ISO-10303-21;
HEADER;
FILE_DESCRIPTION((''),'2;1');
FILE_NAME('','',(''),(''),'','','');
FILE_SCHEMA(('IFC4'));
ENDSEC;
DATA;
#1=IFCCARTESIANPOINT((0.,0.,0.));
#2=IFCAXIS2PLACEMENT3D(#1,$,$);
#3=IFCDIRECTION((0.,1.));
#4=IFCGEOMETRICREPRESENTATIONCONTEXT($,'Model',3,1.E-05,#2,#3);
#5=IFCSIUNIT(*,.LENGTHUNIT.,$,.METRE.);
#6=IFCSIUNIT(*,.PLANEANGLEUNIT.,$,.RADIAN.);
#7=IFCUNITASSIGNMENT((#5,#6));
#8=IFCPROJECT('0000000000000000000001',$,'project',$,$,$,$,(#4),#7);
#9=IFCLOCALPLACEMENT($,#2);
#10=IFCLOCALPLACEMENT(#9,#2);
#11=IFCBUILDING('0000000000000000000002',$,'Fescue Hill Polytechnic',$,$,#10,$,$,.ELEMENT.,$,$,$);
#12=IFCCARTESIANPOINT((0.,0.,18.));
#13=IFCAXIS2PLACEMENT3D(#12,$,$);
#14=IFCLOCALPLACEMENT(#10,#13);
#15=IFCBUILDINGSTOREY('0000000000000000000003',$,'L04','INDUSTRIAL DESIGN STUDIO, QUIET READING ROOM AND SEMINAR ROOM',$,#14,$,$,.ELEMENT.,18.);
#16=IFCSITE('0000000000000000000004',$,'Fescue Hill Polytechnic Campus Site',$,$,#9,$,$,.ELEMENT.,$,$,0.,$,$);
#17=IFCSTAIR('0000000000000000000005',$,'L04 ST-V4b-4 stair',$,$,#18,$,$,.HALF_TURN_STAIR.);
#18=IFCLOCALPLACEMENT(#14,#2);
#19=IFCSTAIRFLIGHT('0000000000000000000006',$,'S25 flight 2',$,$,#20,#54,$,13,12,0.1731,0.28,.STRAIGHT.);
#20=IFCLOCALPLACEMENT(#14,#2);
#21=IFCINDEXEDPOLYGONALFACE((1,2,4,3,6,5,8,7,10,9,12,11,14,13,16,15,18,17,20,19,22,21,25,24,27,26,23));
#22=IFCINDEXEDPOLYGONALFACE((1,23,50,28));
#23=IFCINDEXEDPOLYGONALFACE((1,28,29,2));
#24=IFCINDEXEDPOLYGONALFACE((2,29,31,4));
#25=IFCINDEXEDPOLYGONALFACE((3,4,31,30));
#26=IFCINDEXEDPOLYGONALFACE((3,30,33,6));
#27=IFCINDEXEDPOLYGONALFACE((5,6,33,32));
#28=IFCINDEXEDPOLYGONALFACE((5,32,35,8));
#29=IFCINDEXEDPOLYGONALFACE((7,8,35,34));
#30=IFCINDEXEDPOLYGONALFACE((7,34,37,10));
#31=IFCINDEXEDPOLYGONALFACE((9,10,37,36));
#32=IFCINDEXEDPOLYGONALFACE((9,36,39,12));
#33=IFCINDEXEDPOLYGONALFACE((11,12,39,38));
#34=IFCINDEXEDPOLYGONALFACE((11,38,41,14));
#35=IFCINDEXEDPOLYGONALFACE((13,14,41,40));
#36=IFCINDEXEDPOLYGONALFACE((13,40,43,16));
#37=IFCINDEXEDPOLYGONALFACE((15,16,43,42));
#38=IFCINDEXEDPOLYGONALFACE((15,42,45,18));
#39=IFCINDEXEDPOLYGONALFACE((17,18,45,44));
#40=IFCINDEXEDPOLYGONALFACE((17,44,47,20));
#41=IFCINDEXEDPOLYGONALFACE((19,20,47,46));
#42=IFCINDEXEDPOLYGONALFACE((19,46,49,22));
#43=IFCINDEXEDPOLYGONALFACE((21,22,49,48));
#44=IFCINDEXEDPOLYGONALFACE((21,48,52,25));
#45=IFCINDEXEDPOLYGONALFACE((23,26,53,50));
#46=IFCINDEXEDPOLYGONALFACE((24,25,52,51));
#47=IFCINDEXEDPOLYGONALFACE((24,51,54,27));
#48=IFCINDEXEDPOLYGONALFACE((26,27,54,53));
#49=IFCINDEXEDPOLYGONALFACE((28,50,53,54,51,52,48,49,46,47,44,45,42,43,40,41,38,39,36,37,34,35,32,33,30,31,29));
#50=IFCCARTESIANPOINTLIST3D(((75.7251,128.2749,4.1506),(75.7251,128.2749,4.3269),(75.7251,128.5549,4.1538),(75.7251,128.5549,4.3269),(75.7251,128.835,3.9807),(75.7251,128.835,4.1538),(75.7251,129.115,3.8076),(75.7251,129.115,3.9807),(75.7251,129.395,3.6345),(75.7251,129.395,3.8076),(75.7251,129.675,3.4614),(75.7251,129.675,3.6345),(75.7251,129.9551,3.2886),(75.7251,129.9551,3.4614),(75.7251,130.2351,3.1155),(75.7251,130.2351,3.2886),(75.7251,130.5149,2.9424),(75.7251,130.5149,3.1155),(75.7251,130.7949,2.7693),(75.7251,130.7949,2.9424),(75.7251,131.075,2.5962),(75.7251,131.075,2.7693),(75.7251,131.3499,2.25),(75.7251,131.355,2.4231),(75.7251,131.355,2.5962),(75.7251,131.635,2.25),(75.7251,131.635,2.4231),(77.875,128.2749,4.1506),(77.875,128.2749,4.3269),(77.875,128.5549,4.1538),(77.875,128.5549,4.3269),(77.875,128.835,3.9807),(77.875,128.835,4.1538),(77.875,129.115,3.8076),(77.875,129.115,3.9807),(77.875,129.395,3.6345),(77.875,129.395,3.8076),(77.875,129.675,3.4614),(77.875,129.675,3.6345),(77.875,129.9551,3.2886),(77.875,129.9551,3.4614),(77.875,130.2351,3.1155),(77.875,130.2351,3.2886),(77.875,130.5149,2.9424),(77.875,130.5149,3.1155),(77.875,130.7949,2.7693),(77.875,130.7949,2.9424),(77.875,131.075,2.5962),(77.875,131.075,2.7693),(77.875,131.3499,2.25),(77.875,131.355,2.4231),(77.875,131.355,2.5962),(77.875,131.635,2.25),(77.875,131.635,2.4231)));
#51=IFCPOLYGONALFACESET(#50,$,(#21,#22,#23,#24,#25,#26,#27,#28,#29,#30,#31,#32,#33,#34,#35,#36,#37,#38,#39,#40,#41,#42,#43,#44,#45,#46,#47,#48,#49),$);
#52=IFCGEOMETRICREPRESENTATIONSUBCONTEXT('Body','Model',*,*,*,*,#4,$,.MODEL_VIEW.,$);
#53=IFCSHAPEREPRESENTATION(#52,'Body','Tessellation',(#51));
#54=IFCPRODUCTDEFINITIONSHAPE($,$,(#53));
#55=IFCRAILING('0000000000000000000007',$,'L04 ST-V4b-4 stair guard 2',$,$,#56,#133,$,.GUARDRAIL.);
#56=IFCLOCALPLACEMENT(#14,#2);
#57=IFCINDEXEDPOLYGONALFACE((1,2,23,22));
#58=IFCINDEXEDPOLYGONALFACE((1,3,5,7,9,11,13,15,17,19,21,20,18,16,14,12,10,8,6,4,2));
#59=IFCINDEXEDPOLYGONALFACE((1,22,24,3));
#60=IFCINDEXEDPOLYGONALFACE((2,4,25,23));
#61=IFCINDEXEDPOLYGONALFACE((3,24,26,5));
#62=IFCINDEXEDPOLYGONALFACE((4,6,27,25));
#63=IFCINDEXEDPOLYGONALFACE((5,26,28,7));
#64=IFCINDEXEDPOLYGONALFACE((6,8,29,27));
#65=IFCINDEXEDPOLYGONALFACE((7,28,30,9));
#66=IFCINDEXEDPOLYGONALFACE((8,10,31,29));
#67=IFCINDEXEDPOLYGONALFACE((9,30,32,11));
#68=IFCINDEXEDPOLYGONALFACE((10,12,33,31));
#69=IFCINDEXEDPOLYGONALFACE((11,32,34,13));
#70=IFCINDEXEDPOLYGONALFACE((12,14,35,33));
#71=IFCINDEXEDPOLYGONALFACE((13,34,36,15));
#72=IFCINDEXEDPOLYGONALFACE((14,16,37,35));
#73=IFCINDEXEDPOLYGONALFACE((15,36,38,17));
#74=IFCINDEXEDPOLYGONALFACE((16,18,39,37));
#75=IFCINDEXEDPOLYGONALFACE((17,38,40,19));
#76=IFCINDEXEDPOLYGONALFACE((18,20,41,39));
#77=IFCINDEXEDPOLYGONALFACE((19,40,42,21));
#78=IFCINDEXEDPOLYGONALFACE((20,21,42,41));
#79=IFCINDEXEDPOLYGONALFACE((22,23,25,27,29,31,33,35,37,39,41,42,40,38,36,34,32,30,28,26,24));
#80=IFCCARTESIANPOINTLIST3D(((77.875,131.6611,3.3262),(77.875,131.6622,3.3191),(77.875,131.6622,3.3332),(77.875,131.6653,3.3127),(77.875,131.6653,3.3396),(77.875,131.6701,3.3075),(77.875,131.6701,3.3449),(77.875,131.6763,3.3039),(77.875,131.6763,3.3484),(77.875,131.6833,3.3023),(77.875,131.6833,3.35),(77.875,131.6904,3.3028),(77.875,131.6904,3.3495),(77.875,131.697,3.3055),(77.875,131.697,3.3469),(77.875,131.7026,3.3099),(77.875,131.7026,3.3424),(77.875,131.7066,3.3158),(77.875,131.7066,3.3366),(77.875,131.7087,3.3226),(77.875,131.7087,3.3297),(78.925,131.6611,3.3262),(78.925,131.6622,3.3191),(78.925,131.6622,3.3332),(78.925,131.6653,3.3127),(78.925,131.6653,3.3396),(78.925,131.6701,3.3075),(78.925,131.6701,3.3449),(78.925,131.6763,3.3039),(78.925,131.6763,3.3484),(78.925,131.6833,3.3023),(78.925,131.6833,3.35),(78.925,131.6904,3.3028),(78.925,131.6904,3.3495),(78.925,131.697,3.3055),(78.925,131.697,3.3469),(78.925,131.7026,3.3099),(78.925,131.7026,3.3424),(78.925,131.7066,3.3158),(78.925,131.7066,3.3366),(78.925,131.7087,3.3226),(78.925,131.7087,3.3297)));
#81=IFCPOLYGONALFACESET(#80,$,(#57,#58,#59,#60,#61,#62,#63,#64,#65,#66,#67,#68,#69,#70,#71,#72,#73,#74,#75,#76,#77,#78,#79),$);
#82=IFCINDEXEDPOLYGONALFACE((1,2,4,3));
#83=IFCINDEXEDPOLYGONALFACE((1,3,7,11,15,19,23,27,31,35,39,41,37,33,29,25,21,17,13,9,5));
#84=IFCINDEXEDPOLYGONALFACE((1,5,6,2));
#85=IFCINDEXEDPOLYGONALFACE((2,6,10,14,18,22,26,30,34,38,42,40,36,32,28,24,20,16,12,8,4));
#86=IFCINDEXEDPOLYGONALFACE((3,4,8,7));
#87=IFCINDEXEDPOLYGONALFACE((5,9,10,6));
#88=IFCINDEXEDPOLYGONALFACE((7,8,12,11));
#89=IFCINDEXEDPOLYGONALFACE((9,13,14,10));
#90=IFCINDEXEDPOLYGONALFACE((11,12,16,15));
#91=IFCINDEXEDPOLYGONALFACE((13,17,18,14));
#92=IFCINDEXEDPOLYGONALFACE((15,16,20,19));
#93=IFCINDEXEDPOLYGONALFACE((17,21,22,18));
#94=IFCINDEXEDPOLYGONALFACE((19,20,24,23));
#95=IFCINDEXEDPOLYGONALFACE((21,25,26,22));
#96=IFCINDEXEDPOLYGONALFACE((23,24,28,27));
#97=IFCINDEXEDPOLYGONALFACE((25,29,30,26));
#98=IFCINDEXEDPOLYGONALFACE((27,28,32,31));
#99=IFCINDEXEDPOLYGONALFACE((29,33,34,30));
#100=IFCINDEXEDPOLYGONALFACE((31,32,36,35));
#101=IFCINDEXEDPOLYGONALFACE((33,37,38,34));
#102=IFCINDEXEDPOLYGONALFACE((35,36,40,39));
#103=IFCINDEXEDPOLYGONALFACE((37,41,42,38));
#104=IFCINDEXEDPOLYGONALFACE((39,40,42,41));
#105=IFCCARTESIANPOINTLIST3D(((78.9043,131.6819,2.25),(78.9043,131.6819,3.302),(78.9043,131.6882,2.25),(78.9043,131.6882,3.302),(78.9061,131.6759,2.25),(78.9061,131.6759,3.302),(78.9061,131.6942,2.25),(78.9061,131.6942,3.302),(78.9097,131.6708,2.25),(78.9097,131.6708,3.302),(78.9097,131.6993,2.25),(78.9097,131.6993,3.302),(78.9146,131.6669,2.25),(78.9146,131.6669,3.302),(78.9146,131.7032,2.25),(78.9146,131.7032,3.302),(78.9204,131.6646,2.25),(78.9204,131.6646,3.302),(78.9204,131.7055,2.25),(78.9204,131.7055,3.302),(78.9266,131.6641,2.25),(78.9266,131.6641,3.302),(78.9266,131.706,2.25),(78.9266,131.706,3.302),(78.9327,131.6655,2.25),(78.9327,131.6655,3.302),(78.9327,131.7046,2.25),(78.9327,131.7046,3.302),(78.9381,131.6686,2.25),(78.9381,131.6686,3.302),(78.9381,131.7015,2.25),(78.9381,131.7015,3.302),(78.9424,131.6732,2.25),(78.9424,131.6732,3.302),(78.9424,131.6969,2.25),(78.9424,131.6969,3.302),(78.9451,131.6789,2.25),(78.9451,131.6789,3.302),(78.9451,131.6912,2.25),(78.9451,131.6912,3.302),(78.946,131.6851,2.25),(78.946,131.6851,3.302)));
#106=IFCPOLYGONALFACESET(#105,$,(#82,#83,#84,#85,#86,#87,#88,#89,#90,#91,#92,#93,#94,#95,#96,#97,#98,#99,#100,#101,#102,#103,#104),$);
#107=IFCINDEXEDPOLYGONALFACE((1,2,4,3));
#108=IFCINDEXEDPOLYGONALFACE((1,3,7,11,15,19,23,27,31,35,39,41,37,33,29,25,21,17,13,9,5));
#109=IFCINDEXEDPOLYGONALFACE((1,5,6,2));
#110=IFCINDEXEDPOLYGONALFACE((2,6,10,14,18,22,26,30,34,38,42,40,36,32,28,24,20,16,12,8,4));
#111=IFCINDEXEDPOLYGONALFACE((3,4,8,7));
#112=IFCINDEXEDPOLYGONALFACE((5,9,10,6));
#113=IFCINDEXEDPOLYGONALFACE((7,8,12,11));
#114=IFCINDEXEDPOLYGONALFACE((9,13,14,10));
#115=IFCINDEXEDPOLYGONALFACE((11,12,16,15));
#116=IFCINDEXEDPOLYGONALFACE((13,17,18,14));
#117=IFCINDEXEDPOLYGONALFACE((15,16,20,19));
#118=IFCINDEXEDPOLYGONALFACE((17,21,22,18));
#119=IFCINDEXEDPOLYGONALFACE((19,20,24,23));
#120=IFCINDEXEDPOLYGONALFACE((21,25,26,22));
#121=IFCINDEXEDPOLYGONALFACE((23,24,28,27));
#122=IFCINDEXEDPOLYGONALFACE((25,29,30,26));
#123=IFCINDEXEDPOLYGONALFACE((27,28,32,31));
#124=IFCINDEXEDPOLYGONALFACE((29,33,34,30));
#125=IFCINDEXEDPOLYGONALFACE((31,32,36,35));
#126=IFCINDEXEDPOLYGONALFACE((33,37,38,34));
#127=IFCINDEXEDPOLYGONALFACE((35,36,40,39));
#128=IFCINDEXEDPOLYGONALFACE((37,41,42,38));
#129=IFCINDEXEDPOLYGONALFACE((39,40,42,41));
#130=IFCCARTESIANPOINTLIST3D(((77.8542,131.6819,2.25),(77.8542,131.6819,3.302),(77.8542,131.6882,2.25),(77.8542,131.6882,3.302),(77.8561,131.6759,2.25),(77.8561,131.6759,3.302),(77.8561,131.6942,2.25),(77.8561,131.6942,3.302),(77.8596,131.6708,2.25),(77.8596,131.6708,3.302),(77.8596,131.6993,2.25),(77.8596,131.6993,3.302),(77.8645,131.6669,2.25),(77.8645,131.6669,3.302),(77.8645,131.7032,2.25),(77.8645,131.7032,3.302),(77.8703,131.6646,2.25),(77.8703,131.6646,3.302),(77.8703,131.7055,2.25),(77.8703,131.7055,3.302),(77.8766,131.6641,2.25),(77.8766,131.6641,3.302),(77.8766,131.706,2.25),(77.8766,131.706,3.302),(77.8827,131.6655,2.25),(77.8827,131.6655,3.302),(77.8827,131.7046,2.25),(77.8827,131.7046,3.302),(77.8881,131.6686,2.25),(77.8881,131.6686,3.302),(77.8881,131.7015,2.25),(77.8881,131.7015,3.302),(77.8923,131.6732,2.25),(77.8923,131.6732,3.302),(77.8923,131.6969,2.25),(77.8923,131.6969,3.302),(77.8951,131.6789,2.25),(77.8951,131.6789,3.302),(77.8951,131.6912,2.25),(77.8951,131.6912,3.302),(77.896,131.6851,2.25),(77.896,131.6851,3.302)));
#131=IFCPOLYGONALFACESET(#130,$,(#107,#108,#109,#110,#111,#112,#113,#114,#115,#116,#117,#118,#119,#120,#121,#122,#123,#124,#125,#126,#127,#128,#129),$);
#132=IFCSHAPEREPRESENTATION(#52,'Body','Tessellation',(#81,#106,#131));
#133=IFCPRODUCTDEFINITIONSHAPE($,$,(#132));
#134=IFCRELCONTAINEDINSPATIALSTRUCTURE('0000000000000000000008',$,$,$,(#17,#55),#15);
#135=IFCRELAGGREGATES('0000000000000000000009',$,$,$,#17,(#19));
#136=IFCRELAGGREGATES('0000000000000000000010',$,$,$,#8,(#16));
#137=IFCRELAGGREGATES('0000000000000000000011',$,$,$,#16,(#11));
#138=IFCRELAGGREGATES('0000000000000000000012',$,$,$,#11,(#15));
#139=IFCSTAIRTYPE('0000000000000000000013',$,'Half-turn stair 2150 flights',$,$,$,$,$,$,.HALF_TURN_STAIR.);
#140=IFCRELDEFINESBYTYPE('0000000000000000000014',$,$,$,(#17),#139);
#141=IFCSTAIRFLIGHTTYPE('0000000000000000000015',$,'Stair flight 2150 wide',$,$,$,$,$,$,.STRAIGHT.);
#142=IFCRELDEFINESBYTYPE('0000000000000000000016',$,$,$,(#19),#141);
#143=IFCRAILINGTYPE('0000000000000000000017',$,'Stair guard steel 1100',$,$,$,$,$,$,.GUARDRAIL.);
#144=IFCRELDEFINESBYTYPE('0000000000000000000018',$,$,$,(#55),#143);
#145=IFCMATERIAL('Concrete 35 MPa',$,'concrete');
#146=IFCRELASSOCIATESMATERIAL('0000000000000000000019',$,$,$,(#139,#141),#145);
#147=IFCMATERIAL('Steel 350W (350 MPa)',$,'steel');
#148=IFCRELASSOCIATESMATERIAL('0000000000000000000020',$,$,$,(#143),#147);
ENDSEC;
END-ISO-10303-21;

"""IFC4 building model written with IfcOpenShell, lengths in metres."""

from ifc_helpers import new_model, si_unit, direction, frame, origin, origin_2d, place, context, subcontext, project, spatial, polyline, circle, outline, extrude, material, type_object, element, aggregate, save


model = new_model("IFC4")

# Units and contexts
model_context = context("Model", 3, precision=1e-05, world=origin(), true_north=direction((0.0, 1.0)))
body_context = subcontext(model_context, "Body", "Model", "MODEL_VIEW")
ifc_project = project(units=[si_unit("LENGTHUNIT", "METRE"), si_unit("PLANEANGLEUNIT", "RADIAN")], contexts=[model_context])

# Site, building, storey
site_placement = place(None, origin())
site = spatial("IfcSite", under=ifc_project, at=site_placement, Name="Fescue Hill Polytechnic Campus Site", CompositionType="ELEMENT", RefElevation=0.0)
building_placement = place(site_placement, origin())
building = spatial("IfcBuilding", under=site, at=building_placement, Name="Fescue Hill Polytechnic", CompositionType="ELEMENT")
storey_placement = place(building_placement, frame((0.0, 0.0, 18.0)))
storey = spatial("IfcBuildingStorey", under=building, at=storey_placement, Name="L04", Description="INDUSTRIAL DESIGN STUDIO, QUIET READING ROOM AND SEMINAR ROOM", CompositionType="ELEMENT", Elevation=18.0)

# Shared definitions
ifc_material_1 = material(Name="Concrete 35 MPa", Category="concrete")

# Stair, stair flight
stair_type = type_object("IfcStairType", Name="Half-turn stair 2150 flights", PredefinedType="HALF_TURN_STAIR", material=ifc_material_1)
stair_placement = place(storey_placement, origin())
stair = element("IfcStair", 1, at=stair_placement, inside=storey, type_object=stair_type, Name="L04 ST-V4b-4 stair", PredefinedType="HALF_TURN_STAIR")
stair_flight_type = type_object("IfcStairFlightType", Name="Stair flight 2150 wide", PredefinedType="STRAIGHT", material=ifc_material_1)
stair_flight_placement = place(storey_placement, frame((76.8, 131.635, 2.25), z_axis=(0.0, 0.0, 1.0), x_axis=(0.0, -1.0, 0.0)))
stair_flight = element("IfcStairFlight", 2, at=stair_flight_placement, type_object=stair_flight_type, Name="S25 flight 2", NumberOfRisers=13, NumberOfTreads=12, PredefinedType="STRAIGHT", RiserHeight=0.1731, TreadLength=0.28, context=body_context, shape_type="SweptSolid", body=[
    extrude(outline(polyline([(0.0, 0.0), (0.0, 0.1731), (0.28, 0.1731), (0.28, 0.3462), (0.5601, 0.3462), (0.5601, 0.5193), (0.8401, 0.5193), (0.8401, 0.6924), (1.1201, 0.6924), (1.1201, 0.8655), (1.3999, 0.8655), (1.3999, 1.0386), (1.6799, 1.0386), (1.6799, 1.2114), (1.96, 1.2114), (1.96, 1.3845), (2.24, 1.3845), (2.24, 1.5576), (2.52, 1.5576), (2.52, 1.7307), (2.8, 1.7307), (2.8, 1.9038), (3.0801, 1.9038), (3.0801, 2.0769), (3.3601, 2.0769), (3.3601, 2.25), (3.3601, 1.9006), (0.2852, 0.0), (0.0, 0.0)])), frame((0.0, 1.075, 0.0), z_axis=(0.0, -1.0, 0.0), x_axis=(1.0, 0.0, 0.0)), (0.0, 0.0, 1.0), 2.1499),
])
aggregate(stair, [stair_flight])

# Railing
ifc_material_2 = material(Name="Steel 350W (350 MPa)", Category="steel")
railing_type_1 = type_object("IfcRailingType", Name="Stair guard steel 1100", PredefinedType="GUARDRAIL", material=ifc_material_2)
railing_1_placement = place(storey_placement, frame((78.925, 131.6851, 2.25)))
element("IfcRailing", 3, at=railing_1_placement, inside=storey, type_object=railing_type_1, Name="L04 ST-V4b-4 stair guard 2", PredefinedType="GUARDRAIL", context=body_context, shape_type="SweptSolid", body=[
    extrude(circle(Radius=0.0239, at=origin_2d()), frame((0.0, 0.0, 1.0762), z_axis=(-1.0, 0.0, 0.0), x_axis=(0.0, -1.0, 0.0)), (0.0, 0.0, 1.0), 1.05),
    extrude(circle(Radius=0.021, at=origin_2d()), origin(), (0.0, 0.0, 1.0), 1.052),
    extrude(circle(Radius=0.021, at=origin_2d()), frame((-1.05, 0.0, 0.0)), (0.0, 0.0, 1.0), 1.052),
])

save(model, "model.ifc")
